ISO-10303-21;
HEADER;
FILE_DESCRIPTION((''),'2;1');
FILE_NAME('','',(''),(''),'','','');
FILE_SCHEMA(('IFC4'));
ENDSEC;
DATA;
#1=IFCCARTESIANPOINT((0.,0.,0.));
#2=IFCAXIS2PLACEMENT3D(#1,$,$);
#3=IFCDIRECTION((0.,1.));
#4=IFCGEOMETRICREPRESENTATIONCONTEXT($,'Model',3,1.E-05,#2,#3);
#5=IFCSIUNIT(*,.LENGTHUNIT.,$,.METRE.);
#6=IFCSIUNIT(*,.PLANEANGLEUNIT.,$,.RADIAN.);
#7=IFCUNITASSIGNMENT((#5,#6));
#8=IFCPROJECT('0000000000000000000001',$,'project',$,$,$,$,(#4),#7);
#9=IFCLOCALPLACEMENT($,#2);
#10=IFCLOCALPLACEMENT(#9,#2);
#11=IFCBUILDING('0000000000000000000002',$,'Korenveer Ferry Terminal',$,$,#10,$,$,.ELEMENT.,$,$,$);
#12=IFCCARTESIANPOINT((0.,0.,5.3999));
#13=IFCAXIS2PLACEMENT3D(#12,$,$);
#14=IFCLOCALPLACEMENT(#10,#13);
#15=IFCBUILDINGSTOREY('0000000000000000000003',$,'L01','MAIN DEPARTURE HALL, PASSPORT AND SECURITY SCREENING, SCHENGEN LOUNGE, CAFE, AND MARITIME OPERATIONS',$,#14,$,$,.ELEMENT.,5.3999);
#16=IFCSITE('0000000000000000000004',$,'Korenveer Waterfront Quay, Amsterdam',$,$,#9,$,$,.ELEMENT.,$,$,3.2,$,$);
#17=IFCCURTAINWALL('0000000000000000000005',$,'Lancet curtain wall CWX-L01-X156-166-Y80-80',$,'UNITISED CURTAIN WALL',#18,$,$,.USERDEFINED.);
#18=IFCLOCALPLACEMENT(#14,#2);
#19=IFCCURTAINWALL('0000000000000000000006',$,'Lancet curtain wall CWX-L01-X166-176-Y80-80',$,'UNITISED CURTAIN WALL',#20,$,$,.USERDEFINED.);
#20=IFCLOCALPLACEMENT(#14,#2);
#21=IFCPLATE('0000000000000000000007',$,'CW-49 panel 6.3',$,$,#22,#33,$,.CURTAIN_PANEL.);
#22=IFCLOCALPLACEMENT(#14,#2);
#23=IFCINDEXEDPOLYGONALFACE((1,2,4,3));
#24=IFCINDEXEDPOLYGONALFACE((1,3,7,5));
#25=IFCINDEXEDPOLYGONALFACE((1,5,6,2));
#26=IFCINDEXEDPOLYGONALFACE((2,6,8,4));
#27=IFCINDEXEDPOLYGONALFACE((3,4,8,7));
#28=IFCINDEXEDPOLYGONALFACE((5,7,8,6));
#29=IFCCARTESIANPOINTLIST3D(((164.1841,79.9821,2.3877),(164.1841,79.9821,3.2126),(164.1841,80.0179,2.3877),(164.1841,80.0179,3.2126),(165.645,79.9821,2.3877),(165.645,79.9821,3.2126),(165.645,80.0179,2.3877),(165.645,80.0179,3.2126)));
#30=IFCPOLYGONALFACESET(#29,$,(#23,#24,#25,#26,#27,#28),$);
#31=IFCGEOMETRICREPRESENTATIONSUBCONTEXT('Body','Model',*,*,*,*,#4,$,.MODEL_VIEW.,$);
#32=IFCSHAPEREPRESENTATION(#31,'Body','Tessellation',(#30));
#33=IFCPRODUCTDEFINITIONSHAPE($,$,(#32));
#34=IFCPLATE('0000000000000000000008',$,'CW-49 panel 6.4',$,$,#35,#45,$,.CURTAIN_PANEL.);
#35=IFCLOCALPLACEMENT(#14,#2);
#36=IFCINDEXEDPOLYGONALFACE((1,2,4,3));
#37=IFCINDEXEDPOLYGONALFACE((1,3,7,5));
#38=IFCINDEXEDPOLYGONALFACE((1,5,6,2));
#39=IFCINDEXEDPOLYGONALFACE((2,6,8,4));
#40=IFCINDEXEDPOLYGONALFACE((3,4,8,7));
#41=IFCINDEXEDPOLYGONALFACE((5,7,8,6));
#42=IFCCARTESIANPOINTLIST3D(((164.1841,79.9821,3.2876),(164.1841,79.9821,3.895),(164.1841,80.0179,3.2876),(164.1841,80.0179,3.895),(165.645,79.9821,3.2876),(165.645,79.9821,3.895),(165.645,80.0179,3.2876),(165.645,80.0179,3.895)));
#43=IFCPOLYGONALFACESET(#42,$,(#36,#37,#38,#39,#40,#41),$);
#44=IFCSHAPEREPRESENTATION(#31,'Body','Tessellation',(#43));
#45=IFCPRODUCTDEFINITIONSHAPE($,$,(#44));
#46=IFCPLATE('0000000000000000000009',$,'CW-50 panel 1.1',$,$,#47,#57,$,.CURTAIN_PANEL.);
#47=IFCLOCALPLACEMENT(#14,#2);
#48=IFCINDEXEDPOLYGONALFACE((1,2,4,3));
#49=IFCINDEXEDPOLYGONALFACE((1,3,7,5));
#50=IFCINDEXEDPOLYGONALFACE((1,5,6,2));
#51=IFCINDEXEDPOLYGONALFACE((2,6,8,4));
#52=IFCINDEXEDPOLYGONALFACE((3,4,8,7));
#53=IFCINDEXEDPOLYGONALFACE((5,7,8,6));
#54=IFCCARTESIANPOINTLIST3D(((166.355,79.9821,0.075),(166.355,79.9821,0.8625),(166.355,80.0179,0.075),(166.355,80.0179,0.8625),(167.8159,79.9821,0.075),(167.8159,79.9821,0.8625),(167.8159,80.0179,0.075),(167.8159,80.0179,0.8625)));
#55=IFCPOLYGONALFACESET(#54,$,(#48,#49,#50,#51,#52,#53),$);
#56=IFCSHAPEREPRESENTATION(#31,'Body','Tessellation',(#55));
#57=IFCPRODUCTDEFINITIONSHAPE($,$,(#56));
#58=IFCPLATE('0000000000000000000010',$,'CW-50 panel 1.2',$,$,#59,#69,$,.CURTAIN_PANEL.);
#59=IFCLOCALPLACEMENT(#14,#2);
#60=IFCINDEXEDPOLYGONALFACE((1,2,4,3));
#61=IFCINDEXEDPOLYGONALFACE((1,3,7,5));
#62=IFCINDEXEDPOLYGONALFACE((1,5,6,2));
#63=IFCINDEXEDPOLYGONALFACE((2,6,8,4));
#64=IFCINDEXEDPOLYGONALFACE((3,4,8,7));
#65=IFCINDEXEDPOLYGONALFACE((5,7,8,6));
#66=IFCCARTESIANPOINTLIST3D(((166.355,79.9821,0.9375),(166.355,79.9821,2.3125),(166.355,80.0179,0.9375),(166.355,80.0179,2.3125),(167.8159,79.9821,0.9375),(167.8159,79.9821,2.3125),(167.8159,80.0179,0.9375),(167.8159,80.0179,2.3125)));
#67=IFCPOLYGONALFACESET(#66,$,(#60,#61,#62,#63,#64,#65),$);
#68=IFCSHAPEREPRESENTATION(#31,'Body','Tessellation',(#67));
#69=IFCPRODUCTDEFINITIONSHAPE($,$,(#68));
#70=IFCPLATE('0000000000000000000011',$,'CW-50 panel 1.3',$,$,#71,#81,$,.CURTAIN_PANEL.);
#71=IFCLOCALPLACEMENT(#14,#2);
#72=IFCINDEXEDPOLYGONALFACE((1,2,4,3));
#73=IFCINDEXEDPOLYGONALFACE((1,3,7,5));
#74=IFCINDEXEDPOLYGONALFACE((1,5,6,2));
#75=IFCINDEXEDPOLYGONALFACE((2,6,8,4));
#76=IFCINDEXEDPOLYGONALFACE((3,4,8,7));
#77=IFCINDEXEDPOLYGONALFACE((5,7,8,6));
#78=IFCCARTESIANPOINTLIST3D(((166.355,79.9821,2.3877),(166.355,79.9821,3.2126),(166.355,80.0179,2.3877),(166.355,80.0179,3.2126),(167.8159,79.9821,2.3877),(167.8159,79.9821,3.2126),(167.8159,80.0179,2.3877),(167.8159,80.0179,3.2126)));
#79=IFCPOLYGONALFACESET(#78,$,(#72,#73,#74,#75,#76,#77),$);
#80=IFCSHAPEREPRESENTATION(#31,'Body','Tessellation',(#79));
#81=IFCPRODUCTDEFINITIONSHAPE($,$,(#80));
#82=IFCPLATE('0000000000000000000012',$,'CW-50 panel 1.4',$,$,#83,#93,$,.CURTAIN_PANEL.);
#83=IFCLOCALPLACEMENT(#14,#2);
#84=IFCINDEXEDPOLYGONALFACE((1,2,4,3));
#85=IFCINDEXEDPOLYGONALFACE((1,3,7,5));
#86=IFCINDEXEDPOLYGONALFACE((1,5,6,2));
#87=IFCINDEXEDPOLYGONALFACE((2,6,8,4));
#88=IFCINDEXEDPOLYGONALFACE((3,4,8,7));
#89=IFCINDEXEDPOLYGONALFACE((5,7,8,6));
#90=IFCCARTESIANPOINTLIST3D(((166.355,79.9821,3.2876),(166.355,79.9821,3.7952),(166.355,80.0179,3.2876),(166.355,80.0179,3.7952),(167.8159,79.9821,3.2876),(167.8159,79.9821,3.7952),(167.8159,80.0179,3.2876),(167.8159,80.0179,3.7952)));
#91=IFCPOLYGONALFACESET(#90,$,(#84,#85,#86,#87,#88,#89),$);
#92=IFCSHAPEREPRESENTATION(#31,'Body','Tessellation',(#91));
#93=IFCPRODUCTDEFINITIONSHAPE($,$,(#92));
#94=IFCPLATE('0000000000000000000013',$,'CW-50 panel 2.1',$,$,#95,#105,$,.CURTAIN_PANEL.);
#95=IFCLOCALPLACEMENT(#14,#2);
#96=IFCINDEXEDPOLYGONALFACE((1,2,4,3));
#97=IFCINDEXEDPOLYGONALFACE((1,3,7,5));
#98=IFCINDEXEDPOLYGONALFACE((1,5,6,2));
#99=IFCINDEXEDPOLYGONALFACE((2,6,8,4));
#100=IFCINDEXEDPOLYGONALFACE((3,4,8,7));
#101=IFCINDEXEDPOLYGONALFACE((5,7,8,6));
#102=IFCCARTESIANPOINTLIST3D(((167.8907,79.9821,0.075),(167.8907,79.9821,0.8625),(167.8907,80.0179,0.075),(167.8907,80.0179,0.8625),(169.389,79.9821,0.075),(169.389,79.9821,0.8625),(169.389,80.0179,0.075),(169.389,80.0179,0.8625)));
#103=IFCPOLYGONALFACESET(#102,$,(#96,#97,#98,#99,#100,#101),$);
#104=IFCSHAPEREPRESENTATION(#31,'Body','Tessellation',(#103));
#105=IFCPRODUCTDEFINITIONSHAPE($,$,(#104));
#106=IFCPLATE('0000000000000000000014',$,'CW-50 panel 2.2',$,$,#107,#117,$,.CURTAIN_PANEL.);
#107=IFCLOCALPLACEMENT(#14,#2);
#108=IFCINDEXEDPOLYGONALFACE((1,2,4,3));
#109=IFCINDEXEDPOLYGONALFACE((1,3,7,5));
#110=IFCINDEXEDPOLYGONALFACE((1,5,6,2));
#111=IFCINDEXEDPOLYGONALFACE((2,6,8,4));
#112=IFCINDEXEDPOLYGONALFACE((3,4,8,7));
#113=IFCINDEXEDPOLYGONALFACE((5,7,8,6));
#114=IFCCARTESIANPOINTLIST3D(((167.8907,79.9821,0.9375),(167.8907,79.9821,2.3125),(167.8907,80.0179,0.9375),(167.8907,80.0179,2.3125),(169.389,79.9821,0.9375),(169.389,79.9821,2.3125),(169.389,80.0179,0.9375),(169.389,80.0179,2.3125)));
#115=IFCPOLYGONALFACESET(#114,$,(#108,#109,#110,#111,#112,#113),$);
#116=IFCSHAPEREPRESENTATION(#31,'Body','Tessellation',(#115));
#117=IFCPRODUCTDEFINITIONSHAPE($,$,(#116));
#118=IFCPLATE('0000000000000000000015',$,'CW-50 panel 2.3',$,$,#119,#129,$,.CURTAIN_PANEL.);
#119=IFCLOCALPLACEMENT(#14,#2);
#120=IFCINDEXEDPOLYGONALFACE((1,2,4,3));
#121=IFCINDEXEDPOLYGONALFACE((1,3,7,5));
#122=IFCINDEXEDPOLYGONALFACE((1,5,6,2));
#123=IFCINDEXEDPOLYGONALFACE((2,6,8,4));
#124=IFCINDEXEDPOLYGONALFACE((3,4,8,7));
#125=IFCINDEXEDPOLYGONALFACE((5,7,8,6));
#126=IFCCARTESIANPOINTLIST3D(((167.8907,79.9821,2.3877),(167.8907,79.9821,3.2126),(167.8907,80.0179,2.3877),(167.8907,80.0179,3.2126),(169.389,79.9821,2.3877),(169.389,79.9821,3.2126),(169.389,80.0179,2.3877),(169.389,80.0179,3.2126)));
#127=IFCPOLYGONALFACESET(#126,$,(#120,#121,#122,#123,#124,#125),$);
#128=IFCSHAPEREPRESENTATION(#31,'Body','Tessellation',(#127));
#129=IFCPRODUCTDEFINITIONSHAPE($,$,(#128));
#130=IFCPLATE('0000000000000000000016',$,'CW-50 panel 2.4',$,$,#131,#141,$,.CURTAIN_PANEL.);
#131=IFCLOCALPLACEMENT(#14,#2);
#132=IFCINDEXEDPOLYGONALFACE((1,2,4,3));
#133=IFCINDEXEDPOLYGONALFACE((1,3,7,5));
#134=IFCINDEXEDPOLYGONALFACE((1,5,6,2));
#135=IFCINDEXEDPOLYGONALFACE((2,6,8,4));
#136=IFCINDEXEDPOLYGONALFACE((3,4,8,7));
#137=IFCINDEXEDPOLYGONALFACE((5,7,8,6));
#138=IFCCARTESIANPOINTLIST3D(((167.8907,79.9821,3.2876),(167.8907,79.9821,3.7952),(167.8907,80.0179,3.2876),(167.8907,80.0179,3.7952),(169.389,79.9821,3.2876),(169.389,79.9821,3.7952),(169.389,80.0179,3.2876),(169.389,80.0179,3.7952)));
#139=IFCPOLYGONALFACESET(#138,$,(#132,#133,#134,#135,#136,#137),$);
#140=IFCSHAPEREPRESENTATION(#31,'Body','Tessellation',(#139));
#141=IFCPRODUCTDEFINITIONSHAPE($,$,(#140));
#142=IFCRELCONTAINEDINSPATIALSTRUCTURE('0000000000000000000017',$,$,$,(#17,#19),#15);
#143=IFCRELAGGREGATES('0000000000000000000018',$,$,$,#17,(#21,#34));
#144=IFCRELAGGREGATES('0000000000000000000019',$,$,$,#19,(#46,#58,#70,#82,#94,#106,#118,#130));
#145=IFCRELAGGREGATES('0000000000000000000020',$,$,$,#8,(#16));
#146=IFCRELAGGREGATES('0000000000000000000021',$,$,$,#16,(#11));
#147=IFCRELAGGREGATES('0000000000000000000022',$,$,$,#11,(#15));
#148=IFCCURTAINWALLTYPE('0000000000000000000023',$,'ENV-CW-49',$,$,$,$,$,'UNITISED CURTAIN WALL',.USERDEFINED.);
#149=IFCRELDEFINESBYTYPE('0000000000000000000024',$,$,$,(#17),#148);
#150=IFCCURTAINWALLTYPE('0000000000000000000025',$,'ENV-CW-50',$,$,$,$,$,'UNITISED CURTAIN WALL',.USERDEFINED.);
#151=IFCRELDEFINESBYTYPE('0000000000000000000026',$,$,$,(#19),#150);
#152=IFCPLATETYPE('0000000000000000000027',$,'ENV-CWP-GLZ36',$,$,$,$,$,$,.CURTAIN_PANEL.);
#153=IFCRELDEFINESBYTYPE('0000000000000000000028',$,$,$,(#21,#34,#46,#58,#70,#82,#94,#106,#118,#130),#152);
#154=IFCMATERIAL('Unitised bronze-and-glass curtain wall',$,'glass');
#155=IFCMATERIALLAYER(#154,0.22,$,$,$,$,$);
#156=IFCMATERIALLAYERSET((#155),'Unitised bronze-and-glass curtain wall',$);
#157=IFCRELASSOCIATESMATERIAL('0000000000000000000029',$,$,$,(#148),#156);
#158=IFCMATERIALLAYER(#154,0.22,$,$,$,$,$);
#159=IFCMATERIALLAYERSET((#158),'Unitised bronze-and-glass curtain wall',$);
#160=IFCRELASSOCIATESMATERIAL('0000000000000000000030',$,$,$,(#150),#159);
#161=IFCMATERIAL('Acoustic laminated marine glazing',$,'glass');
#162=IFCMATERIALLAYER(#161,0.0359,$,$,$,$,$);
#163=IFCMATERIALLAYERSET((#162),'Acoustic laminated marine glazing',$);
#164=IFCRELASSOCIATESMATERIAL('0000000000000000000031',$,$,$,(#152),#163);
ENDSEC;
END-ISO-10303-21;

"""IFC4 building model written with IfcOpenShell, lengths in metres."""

from ifc_helpers import new_model, si_unit, direction, frame, origin, origin_2d, place, context, subcontext, project, spatial, rectangle, extrude, material, layer, layer_set, type_object, element, aggregate, save


model = new_model("IFC4")

# Units and contexts
model_context = context("Model", 3, precision=1e-05, world=origin(), true_north=direction((0.0, 1.0)))
body_context = subcontext(model_context, "Body", "Model", "MODEL_VIEW")
ifc_project = project(units=[si_unit("LENGTHUNIT", "METRE"), si_unit("PLANEANGLEUNIT", "RADIAN")], contexts=[model_context])

# Site, building, storey
site_placement = place(None, origin())
site = spatial("IfcSite", under=ifc_project, at=site_placement, Name="Korenveer Waterfront Quay, Amsterdam", CompositionType="ELEMENT", RefElevation=3.2)
building_placement = place(site_placement, origin())
building = spatial("IfcBuilding", under=site, at=building_placement, Name="Korenveer Ferry Terminal", CompositionType="ELEMENT")
storey_placement = place(building_placement, frame((0.0, 0.0, 5.3999)))
storey = spatial("IfcBuildingStorey", under=building, at=storey_placement, Name="L01", Description="MAIN DEPARTURE HALL, PASSPORT AND SECURITY SCREENING, SCHENGEN LOUNGE, CAFE, AND MARITIME OPERATIONS", CompositionType="ELEMENT", Elevation=5.3999)

# Curtain wall
ifc_material_1 = material(Name="Unitised bronze-and-glass curtain wall", Category="glass")
ifc_layer_1 = layer(ifc_material_1, 0.22)
ifc_layer_set_1 = layer_set([ifc_layer_1], Name="Unitised bronze-and-glass curtain wall")
curtain_wall_type_1 = type_object("IfcCurtainWallType", Name="ENV-CW-49", ElementType="UNITISED CURTAIN WALL", PredefinedType="USERDEFINED", material=ifc_layer_set_1)
curtain_wall_1_placement = place(storey_placement, frame((156.28, 80.0, 0.0)))
curtain_wall_1 = element("IfcCurtainWall", 1, at=curtain_wall_1_placement, inside=storey, type_object=curtain_wall_type_1, Name="Lancet curtain wall CWX-L01-X156-166-Y80-80", ObjectType="UNITISED CURTAIN WALL", PredefinedType="USERDEFINED")

# Curtain wall
ifc_layer_2 = layer(ifc_material_1, 0.22)
ifc_layer_set_2 = layer_set([ifc_layer_2], Name="Unitised bronze-and-glass curtain wall")
curtain_wall_type_2 = type_object("IfcCurtainWallType", Name="ENV-CW-50", ElementType="UNITISED CURTAIN WALL", PredefinedType="USERDEFINED", material=ifc_layer_set_2)
curtain_wall_2_placement = place(storey_placement, frame((166.28, 80.0, 0.0)))
curtain_wall_2 = element("IfcCurtainWall", 2, at=curtain_wall_2_placement, inside=storey, type_object=curtain_wall_type_2, Name="Lancet curtain wall CWX-L01-X166-176-Y80-80", ObjectType="UNITISED CURTAIN WALL", PredefinedType="USERDEFINED")

# Plates
ifc_material_2 = material(Name="Acoustic laminated marine glazing", Category="glass")
ifc_layer_3 = layer(ifc_material_2, 0.0359)
ifc_layer_set_3 = layer_set([ifc_layer_3], Name="Acoustic laminated marine glazing")
plate_type = type_object("IfcPlateType", Name="ENV-CWP-GLZ36", PredefinedType="CURTAIN_PANEL", material=ifc_layer_set_3)
plate_1_placement = place(storey_placement, frame((164.9146, 80.0, 2.3877), z_axis=(0.0, 0.0, 1.0), x_axis=(1.0, 0.0, 0.0)))
plate_1 = element("IfcPlate", 3, at=plate_1_placement, type_object=plate_type, Name="CW-49 panel 6.3", PredefinedType="CURTAIN_PANEL", context=body_context, shape_type="SweptSolid", body=[
    extrude(rectangle(XDim=1.4609, YDim=0.0359, at=origin_2d()), origin(), (0.0, 0.0, 1.0), 0.825),
])
plate_2_placement = place(storey_placement, frame((164.9146, 80.0, 3.2876), z_axis=(0.0, 0.0, 1.0), x_axis=(1.0, 0.0, 0.0)))
plate_2 = element("IfcPlate", 4, at=plate_2_placement, type_object=plate_type, Name="CW-49 panel 6.4", PredefinedType="CURTAIN_PANEL", context=body_context, shape_type="SweptSolid", body=[
    extrude(rectangle(XDim=1.4609, YDim=0.0359, at=origin_2d()), origin(), (0.0, 0.0, 1.0), 0.6074),
])
aggregate(curtain_wall_1, [plate_1, plate_2])
plate_3_placement = place(storey_placement, frame((167.0854, 80.0, 0.075), z_axis=(0.0, 0.0, 1.0), x_axis=(1.0, 0.0, 0.0)))
plate_3 = element("IfcPlate", 5, at=plate_3_placement, type_object=plate_type, Name="CW-50 panel 1.1", PredefinedType="CURTAIN_PANEL", context=body_context, shape_type="SweptSolid", body=[
    extrude(rectangle(XDim=1.4609, YDim=0.0359, at=origin_2d()), origin(), (0.0, 0.0, 1.0), 0.7876),
])
plate_4_placement = place(storey_placement, frame((167.0854, 80.0, 0.9375), z_axis=(0.0, 0.0, 1.0), x_axis=(1.0, 0.0, 0.0)))
plate_4 = element("IfcPlate", 6, at=plate_4_placement, type_object=plate_type, Name="CW-50 panel 1.2", PredefinedType="CURTAIN_PANEL", context=body_context, shape_type="SweptSolid", body=[
    extrude(rectangle(XDim=1.4609, YDim=0.0359, at=origin_2d()), origin(), (0.0, 0.0, 1.0), 1.375),
])
plate_5_placement = place(storey_placement, frame((167.0854, 80.0, 2.3877), z_axis=(0.0, 0.0, 1.0), x_axis=(1.0, 0.0, 0.0)))
plate_5 = element("IfcPlate", 7, at=plate_5_placement, type_object=plate_type, Name="CW-50 panel 1.3", PredefinedType="CURTAIN_PANEL", context=body_context, shape_type="SweptSolid", body=[
    extrude(rectangle(XDim=1.4609, YDim=0.0359, at=origin_2d()), origin(), (0.0, 0.0, 1.0), 0.825),
])
plate_6_placement = place(storey_placement, frame((167.0854, 80.0, 3.2876), z_axis=(0.0, 0.0, 1.0), x_axis=(1.0, 0.0, 0.0)))
plate_6 = element("IfcPlate", 8, at=plate_6_placement, type_object=plate_type, Name="CW-50 panel 1.4", PredefinedType="CURTAIN_PANEL", context=body_context, shape_type="SweptSolid", body=[
    extrude(rectangle(XDim=1.4609, YDim=0.0359, at=origin_2d()), origin(), (0.0, 0.0, 1.0), 0.5076),
])
plate_7_placement = place(storey_placement, frame((168.6399, 80.0, 0.075), z_axis=(0.0, 0.0, 1.0), x_axis=(1.0, 0.0, 0.0)))
plate_7 = element("IfcPlate", 9, at=plate_7_placement, type_object=plate_type, Name="CW-50 panel 2.1", PredefinedType="CURTAIN_PANEL", context=body_context, shape_type="SweptSolid", body=[
    extrude(rectangle(XDim=1.4983, YDim=0.0359, at=origin_2d()), origin(), (0.0, 0.0, 1.0), 0.7876),
])
plate_8_placement = place(storey_placement, frame((168.6399, 80.0, 0.9375), z_axis=(0.0, 0.0, 1.0), x_axis=(1.0, 0.0, 0.0)))
plate_8 = element("IfcPlate", 10, at=plate_8_placement, type_object=plate_type, Name="CW-50 panel 2.2", PredefinedType="CURTAIN_PANEL", context=body_context, shape_type="SweptSolid", body=[
    extrude(rectangle(XDim=1.4983, YDim=0.0359, at=origin_2d()), origin(), (0.0, 0.0, 1.0), 1.375),
])
plate_9_placement = place(storey_placement, frame((168.6399, 80.0, 2.3877), z_axis=(0.0, 0.0, 1.0), x_axis=(1.0, 0.0, 0.0)))
plate_9 = element("IfcPlate", 11, at=plate_9_placement, type_object=plate_type, Name="CW-50 panel 2.3", PredefinedType="CURTAIN_PANEL", context=body_context, shape_type="SweptSolid", body=[
    extrude(rectangle(XDim=1.4983, YDim=0.0359, at=origin_2d()), origin(), (0.0, 0.0, 1.0), 0.825),
])
plate_10_placement = place(storey_placement, frame((168.6399, 80.0, 3.2876), z_axis=(0.0, 0.0, 1.0), x_axis=(1.0, 0.0, 0.0)))
plate_10 = element("IfcPlate", 12, at=plate_10_placement, type_object=plate_type, Name="CW-50 panel 2.4", PredefinedType="CURTAIN_PANEL", context=body_context, shape_type="SweptSolid", body=[
    extrude(rectangle(XDim=1.4983, YDim=0.0359, at=origin_2d()), origin(), (0.0, 0.0, 1.0), 0.5076),
])
aggregate(curtain_wall_2, [plate_3, plate_4, plate_5, plate_6, plate_7, plate_8, plate_9, plate_10])

save(model, "model.ifc")
